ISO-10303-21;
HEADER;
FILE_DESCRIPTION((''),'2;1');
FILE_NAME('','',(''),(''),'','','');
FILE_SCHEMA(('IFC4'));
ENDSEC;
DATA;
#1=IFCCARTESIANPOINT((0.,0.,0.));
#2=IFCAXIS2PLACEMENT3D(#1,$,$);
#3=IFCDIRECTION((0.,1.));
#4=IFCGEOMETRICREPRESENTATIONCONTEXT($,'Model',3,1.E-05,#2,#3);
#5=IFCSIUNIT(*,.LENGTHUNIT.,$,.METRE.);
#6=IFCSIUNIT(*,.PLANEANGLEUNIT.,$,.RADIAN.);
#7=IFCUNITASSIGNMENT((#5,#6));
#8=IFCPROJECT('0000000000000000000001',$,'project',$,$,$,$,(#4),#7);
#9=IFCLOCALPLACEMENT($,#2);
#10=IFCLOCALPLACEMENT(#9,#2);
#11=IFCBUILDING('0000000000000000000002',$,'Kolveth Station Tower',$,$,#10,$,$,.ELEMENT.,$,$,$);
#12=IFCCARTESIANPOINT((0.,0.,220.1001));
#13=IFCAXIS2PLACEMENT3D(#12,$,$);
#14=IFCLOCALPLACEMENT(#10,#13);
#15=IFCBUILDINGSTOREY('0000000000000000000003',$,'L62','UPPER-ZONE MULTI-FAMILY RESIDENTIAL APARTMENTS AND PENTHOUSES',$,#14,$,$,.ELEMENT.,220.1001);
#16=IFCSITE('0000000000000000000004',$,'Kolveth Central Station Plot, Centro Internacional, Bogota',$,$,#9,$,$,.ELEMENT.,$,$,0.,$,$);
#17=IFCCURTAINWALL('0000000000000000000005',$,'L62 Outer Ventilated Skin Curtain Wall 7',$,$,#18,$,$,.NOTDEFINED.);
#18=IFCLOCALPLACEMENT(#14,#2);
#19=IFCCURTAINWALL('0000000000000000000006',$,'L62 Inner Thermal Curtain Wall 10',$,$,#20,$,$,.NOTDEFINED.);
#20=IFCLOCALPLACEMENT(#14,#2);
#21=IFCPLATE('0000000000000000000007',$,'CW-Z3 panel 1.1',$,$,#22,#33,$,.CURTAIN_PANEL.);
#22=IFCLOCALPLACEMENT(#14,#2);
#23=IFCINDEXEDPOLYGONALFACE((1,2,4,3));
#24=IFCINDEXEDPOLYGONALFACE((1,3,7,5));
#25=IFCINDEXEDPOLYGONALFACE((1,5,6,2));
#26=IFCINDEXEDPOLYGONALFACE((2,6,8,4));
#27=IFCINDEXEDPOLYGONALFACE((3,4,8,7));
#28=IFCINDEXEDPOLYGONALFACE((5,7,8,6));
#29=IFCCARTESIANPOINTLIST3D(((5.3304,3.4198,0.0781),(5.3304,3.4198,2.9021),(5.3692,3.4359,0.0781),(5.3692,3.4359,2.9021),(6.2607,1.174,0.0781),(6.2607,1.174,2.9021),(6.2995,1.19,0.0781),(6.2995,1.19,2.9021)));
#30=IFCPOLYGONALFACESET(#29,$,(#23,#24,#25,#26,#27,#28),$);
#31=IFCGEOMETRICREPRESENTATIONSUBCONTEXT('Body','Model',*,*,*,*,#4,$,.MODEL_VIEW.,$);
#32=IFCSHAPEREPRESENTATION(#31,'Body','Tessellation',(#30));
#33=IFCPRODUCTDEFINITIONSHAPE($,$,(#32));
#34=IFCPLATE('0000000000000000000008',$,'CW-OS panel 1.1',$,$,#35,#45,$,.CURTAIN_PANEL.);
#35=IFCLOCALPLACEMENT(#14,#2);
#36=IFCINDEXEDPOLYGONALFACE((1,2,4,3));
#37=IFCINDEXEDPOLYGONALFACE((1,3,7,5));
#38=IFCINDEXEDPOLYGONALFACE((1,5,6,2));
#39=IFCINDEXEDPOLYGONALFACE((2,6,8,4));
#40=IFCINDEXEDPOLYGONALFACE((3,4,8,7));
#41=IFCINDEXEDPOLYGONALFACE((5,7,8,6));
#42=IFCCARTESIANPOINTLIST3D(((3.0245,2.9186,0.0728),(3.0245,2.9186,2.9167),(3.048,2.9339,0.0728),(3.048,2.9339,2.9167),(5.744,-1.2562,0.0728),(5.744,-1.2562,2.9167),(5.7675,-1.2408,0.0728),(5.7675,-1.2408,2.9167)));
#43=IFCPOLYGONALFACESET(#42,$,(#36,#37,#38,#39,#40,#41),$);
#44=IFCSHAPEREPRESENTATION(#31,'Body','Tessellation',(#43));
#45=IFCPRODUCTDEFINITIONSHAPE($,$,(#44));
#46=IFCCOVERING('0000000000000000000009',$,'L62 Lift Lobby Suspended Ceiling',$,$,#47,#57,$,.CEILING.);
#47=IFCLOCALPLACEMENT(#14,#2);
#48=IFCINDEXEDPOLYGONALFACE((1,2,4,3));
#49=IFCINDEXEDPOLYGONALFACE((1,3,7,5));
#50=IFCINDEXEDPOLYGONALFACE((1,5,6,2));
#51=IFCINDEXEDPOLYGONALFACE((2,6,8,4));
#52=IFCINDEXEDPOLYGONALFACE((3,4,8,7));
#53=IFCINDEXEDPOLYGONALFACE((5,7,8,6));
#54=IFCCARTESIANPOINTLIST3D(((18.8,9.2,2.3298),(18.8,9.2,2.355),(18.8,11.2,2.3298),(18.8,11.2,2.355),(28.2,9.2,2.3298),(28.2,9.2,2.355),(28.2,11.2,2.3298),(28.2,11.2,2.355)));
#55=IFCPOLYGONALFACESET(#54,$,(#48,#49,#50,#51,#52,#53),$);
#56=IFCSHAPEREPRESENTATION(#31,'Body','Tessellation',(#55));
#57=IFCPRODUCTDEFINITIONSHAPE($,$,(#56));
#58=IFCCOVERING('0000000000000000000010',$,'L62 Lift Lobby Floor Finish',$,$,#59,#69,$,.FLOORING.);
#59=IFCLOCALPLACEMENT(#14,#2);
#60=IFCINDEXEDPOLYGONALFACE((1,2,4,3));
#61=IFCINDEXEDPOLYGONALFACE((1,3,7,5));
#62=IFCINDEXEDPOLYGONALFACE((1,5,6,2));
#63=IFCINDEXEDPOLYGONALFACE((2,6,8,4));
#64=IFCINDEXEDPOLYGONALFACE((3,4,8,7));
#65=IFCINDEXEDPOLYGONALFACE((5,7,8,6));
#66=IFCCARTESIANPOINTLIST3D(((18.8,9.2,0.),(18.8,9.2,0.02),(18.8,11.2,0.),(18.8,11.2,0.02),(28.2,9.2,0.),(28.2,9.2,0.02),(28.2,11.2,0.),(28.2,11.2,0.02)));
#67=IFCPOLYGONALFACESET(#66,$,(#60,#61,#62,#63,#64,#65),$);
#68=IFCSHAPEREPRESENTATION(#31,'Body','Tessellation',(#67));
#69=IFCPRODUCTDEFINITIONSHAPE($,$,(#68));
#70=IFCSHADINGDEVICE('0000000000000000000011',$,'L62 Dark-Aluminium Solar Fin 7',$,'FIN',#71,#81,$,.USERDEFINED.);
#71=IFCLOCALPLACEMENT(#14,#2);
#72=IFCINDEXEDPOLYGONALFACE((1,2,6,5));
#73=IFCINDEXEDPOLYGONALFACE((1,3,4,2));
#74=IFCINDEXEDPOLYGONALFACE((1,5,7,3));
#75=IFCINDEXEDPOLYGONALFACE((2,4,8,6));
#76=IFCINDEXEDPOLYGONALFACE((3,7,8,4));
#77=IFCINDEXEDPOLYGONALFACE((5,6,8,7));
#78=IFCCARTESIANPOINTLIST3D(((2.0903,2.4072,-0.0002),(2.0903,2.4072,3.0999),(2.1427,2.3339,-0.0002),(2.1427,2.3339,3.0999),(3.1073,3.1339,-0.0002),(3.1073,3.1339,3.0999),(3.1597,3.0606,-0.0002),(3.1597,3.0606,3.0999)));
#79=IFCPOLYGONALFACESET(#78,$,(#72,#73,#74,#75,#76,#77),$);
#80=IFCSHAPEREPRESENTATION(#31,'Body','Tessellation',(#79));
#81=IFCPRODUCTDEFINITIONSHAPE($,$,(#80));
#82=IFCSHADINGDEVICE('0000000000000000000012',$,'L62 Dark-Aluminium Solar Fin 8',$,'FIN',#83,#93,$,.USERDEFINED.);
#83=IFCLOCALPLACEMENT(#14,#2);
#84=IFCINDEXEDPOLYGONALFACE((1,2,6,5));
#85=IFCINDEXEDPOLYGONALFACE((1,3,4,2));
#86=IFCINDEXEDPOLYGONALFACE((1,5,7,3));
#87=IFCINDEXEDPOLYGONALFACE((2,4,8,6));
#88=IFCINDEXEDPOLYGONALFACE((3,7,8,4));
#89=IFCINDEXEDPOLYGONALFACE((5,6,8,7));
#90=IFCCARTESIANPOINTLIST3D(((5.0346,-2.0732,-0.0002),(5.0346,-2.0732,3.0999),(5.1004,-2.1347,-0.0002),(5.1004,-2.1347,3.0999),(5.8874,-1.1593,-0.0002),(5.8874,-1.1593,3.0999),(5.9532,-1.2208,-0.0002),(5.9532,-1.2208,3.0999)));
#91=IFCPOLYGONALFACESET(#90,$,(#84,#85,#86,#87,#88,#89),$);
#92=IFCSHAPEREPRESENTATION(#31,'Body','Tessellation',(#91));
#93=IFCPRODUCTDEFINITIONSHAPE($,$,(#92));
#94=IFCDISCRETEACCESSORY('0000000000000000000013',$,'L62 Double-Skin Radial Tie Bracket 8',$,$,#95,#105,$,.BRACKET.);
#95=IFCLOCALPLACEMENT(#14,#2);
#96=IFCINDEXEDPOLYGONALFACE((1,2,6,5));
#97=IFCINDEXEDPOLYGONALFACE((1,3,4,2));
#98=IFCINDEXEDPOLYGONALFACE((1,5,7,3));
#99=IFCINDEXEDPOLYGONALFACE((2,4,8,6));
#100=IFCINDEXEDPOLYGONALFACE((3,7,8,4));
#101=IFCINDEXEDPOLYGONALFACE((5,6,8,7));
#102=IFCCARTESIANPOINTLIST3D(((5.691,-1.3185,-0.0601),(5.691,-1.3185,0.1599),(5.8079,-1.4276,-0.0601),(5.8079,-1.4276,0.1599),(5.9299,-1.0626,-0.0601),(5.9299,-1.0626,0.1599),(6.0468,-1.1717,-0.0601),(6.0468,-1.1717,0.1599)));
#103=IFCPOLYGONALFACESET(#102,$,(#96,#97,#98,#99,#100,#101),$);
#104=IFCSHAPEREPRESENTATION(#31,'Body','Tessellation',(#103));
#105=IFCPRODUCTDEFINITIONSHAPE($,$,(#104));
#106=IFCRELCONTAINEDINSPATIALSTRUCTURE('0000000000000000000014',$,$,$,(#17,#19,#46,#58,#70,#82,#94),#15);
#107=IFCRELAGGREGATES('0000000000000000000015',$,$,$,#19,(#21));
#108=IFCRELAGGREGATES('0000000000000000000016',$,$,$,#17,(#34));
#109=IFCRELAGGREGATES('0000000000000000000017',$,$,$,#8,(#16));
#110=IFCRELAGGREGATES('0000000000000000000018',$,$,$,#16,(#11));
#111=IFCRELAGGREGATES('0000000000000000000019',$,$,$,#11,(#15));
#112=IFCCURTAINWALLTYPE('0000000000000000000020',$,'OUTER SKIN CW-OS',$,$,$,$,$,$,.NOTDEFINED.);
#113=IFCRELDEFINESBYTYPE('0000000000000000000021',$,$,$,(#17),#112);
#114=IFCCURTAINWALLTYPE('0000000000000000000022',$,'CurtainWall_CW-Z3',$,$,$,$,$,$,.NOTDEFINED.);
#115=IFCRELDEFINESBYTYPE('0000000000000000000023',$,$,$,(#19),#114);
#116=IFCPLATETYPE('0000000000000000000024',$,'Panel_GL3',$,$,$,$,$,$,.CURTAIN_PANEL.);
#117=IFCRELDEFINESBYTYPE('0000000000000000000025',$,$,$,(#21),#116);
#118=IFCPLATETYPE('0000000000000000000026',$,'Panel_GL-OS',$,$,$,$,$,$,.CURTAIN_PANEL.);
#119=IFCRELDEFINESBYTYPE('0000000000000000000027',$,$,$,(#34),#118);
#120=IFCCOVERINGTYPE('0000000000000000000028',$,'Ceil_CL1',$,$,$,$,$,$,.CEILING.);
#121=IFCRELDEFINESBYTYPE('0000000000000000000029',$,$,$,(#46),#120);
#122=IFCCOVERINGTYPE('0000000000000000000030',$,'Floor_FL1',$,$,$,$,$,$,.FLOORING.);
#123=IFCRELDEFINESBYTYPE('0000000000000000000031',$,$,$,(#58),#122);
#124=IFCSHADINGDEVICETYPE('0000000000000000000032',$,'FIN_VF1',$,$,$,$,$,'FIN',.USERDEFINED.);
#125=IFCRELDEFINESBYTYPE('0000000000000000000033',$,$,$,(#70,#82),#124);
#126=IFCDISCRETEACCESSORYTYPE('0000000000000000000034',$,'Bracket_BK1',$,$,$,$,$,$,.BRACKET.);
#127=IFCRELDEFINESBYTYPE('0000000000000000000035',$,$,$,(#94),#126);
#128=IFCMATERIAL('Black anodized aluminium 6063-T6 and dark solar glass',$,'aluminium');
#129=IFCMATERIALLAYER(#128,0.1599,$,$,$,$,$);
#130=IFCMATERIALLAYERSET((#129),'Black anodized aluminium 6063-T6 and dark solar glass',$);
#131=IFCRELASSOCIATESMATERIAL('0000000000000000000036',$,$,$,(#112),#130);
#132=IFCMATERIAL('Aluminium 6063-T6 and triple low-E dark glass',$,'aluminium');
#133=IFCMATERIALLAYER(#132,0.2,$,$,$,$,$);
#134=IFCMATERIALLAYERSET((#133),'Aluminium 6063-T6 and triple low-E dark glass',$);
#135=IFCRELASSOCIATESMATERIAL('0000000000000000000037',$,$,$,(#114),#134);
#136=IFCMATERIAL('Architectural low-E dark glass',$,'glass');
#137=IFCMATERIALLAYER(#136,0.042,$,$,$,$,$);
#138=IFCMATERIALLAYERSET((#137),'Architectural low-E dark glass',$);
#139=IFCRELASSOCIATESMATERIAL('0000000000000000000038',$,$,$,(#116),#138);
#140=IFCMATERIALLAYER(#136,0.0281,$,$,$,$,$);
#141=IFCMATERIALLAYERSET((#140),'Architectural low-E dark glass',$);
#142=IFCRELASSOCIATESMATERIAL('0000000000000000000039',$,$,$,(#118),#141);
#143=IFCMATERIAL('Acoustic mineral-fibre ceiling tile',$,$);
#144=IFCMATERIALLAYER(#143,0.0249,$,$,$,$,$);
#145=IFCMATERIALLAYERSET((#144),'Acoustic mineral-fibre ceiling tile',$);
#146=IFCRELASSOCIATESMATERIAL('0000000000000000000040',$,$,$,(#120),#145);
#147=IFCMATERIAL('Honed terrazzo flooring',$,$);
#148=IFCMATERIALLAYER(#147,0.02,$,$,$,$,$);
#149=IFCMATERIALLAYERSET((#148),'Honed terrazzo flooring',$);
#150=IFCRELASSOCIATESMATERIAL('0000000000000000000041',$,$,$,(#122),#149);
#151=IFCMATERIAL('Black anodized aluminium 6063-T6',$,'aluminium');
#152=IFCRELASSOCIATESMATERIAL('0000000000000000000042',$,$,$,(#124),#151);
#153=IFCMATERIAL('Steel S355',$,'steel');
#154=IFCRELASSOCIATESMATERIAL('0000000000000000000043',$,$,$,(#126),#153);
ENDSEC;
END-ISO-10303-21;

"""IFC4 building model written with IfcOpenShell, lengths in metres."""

from ifc_helpers import new_model, si_unit, direction, frame, origin, origin_2d, place, context, subcontext, project, spatial, polyline, rectangle, outline, extrude, source, transform, mapped, material, layer, layer_set, type_object, element, aggregate, save


model = new_model("IFC4")

# Units and contexts
model_context = context("Model", 3, precision=1e-05, world=origin(), true_north=direction((0.0, 1.0)))
body_context = subcontext(model_context, "Body", "Model", "MODEL_VIEW")
ifc_project = project(units=[si_unit("LENGTHUNIT", "METRE"), si_unit("PLANEANGLEUNIT", "RADIAN")], contexts=[model_context])

# Site, building, storey
site_placement = place(None, origin())
site = spatial("IfcSite", under=ifc_project, at=site_placement, Name="Kolveth Central Station Plot, Centro Internacional, Bogota", CompositionType="ELEMENT", RefElevation=0.0)
building_placement = place(site_placement, origin())
building = spatial("IfcBuilding", under=site, at=building_placement, Name="Kolveth Station Tower", CompositionType="ELEMENT")
storey_placement = place(building_placement, frame((0.0, 0.0, 220.1001)))
storey = spatial("IfcBuildingStorey", under=building, at=storey_placement, Name="L62", Description="UPPER-ZONE MULTI-FAMILY RESIDENTIAL APARTMENTS AND PENTHOUSES", CompositionType="ELEMENT", Elevation=220.1001)

# Curtain walls
ifc_material_1 = material(Name="Black anodized aluminium 6063-T6 and dark solar glass", Category="aluminium")
ifc_layer_1 = layer(ifc_material_1, 0.1599)
ifc_layer_set_1 = layer_set([ifc_layer_1], Name="Black anodized aluminium 6063-T6 and dark solar glass")
curtain_wall_type_1 = type_object("IfcCurtainWallType", Name="OUTER SKIN CW-OS", PredefinedType="NOTDEFINED", material=ifc_layer_set_1)
curtain_wall_1_placement = place(storey_placement, origin())
curtain_wall_1 = element("IfcCurtainWall", 1, at=curtain_wall_1_placement, inside=storey, type_object=curtain_wall_type_1, Name="L62 Outer Ventilated Skin Curtain Wall 7", PredefinedType="NOTDEFINED")
ifc_material_2 = material(Name="Black anodized aluminium 6063-T6", Category="aluminium")
ifc_material_3 = material(Name="Aluminium 6063-T6 and triple low-E dark glass", Category="aluminium")
ifc_layer_2 = layer(ifc_material_3, 0.2)
ifc_layer_set_2 = layer_set([ifc_layer_2], Name="Aluminium 6063-T6 and triple low-E dark glass")
curtain_wall_type_2 = type_object("IfcCurtainWallType", Name="CurtainWall_CW-Z3", PredefinedType="NOTDEFINED", material=ifc_layer_set_2)
curtain_wall_2_placement = place(storey_placement, origin())
curtain_wall_2 = element("IfcCurtainWall", 2, at=curtain_wall_2_placement, inside=storey, type_object=curtain_wall_type_2, Name="L62 Inner Thermal Curtain Wall 10", PredefinedType="NOTDEFINED")

# Plates
ifc_material_4 = material(Name="Architectural low-E dark glass", Category="glass")
ifc_layer_3 = layer(ifc_material_4, 0.042)
ifc_layer_set_3 = layer_set([ifc_layer_3], Name="Architectural low-E dark glass")
plate_type_1 = type_object("IfcPlateType", Name="Panel_GL3", PredefinedType="CURTAIN_PANEL", material=ifc_layer_set_3)
shared_shape_1 = source(origin(), body_context, "Body", "SweptSolid", [
    extrude(rectangle(XDim=2.4309, YDim=0.042, at=origin_2d()), origin(), (0.0, 0.0, 1.0), 2.824),
])
plate_1_placement = place(storey_placement, frame((5.8149, 2.3049, 0.0781), z_axis=(0.0, 0.0, 1.0), x_axis=(0.382693, -0.923875, 0.0)))
plate_1 = element("IfcPlate", 3, at=plate_1_placement, type_object=plate_type_1, Name="CW-Z3 panel 1.1", PredefinedType="CURTAIN_PANEL", context=body_context, shape_type="MappedRepresentation", body=[
    mapped(shared_shape_1, transform((0.0, 0.0, 0.0), x_axis=(1.0, 0.0, 0.0), y_axis=(0.0, 1.0, 0.0), z_axis=(0.0, 0.0, 1.0), scale=1.0)),
])
aggregate(curtain_wall_2, [plate_1])
ifc_layer_4 = layer(ifc_material_4, 0.0281)
ifc_layer_set_4 = layer_set([ifc_layer_4], Name="Architectural low-E dark glass")
plate_type_2 = type_object("IfcPlateType", Name="Panel_GL-OS", PredefinedType="CURTAIN_PANEL", material=ifc_layer_set_4)
shared_shape_2 = source(origin(), body_context, "Body", "SweptSolid", [
    extrude(rectangle(XDim=4.9824, YDim=0.0281, at=origin_2d()), origin(), (0.0, 0.0, 1.0), 2.844),
])
plate_2_placement = place(storey_placement, frame((4.396, 0.8389, 0.0728), z_axis=(0.0, 0.0, 1.0), x_axis=(0.54583, -0.837896, 0.0)))
plate_2 = element("IfcPlate", 4, at=plate_2_placement, type_object=plate_type_2, Name="CW-OS panel 1.1", PredefinedType="CURTAIN_PANEL", context=body_context, shape_type="MappedRepresentation", body=[
    mapped(shared_shape_2, transform((0.0, 0.0, 0.0), x_axis=(1.0, 0.0, 0.0), y_axis=(0.0, 1.0, 0.0), z_axis=(0.0, 0.0, 1.0), scale=1.0)),
])
aggregate(curtain_wall_1, [plate_2])

# Coverings
ifc_material_5 = material(Name="Acoustic mineral-fibre ceiling tile")
ifc_layer_5 = layer(ifc_material_5, 0.0249)
ifc_layer_set_5 = layer_set([ifc_layer_5], Name="Acoustic mineral-fibre ceiling tile")
covering_type_1 = type_object("IfcCoveringType", Name="Ceil_CL1", PredefinedType="CEILING", material=ifc_layer_set_5)
covering_1_placement = place(storey_placement, frame((0.0, 0.0, 2.3298)))
element("IfcCovering", 5, at=covering_1_placement, inside=storey, type_object=covering_type_1, Name="L62 Lift Lobby Suspended Ceiling", PredefinedType="CEILING", context=body_context, shape_type="SweptSolid", body=[
    extrude(outline(polyline([(18.8, 9.2), (28.2, 9.2), (28.2, 11.2), (18.8, 11.2), (18.8, 9.2)])), origin(), (0.0, 0.0, 1.0), 0.0251),
])
ifc_material_6 = material(Name="Honed terrazzo flooring")
ifc_layer_6 = layer(ifc_material_6, 0.02)
ifc_layer_set_6 = layer_set([ifc_layer_6], Name="Honed terrazzo flooring")
covering_type_2 = type_object("IfcCoveringType", Name="Floor_FL1", PredefinedType="FLOORING", material=ifc_layer_set_6)
covering_2_placement = place(storey_placement, origin())
element("IfcCovering", 6, at=covering_2_placement, inside=storey, type_object=covering_type_2, Name="L62 Lift Lobby Floor Finish", PredefinedType="FLOORING", context=body_context, shape_type="SweptSolid", body=[
    extrude(outline(polyline([(18.8, 9.2), (28.2, 9.2), (28.2, 11.2), (18.8, 11.2), (18.8, 9.2)])), origin(), (0.0, 0.0, 1.0), 0.02),
])

# Shading devices
shading_device_type = type_object("IfcShadingDeviceType", Name="FIN_VF1", ElementType="FIN", PredefinedType="USERDEFINED", material=ifc_material_2)
shared_shape_3 = source(origin(), body_context, "Body", "SweptSolid", [
    extrude(rectangle(XDim=1.25, YDim=0.0901, at=origin_2d()), origin(), (0.0, 0.0, 1.0), 3.1001),
])
for number, where, z_axis, x_axis, name in (
    (7, (2.625, 2.7339, -0.0002), (0.0, 0.0, 1.0), (-0.813608, -0.581413, 0.0), "L62 Dark-Aluminium Solar Fin 7"),
    (8, (5.4939, -1.647, -0.0002), (0.0, 0.0, 1.0), (-0.682254, -0.731116, 0.0), "L62 Dark-Aluminium Solar Fin 8"),
):
    element("IfcShadingDevice", number, at=place(storey_placement, frame(where, z_axis=z_axis, x_axis=x_axis)), inside=storey, type_object=shading_device_type, Name=name, ObjectType="FIN", PredefinedType="USERDEFINED", context=body_context, shape_type="MappedRepresentation", body=[
        mapped(shared_shape_3, transform((0.0, 0.0, 0.0), x_axis=(1.0, 0.0, 0.0), y_axis=(0.0, 1.0, 0.0), z_axis=(0.0, 0.0, 1.0), scale=1.0)),
    ])

# Discrete accessory
ifc_material_7 = material(Name="Steel S355", Category="steel")
discrete_accessory_type = type_object("IfcDiscreteAccessoryType", Name="Bracket_BK1", PredefinedType="BRACKET", material=ifc_material_7)
shared_shape_4 = source(origin(), body_context, "Body", "SweptSolid", [
    extrude(rectangle(XDim=0.3501, YDim=0.1599, at=origin_2d()), origin(), (0.0, 0.0, 1.0), 0.22),
])
discrete_accessory_placement = place(storey_placement, frame((5.8689, -1.2451, -0.0601), z_axis=(0.0, 0.0, 1.0), x_axis=(-0.682254, -0.731116, 0.0)))
element("IfcDiscreteAccessory", 9, at=discrete_accessory_placement, inside=storey, type_object=discrete_accessory_type, Name="L62 Double-Skin Radial Tie Bracket 8", PredefinedType="BRACKET", context=body_context, shape_type="MappedRepresentation", body=[
    mapped(shared_shape_4, transform((0.0, 0.0, 0.0), x_axis=(1.0, 0.0, 0.0), y_axis=(0.0, 1.0, 0.0), z_axis=(0.0, 0.0, 1.0), scale=1.0)),
])

save(model, "model.ifc")
